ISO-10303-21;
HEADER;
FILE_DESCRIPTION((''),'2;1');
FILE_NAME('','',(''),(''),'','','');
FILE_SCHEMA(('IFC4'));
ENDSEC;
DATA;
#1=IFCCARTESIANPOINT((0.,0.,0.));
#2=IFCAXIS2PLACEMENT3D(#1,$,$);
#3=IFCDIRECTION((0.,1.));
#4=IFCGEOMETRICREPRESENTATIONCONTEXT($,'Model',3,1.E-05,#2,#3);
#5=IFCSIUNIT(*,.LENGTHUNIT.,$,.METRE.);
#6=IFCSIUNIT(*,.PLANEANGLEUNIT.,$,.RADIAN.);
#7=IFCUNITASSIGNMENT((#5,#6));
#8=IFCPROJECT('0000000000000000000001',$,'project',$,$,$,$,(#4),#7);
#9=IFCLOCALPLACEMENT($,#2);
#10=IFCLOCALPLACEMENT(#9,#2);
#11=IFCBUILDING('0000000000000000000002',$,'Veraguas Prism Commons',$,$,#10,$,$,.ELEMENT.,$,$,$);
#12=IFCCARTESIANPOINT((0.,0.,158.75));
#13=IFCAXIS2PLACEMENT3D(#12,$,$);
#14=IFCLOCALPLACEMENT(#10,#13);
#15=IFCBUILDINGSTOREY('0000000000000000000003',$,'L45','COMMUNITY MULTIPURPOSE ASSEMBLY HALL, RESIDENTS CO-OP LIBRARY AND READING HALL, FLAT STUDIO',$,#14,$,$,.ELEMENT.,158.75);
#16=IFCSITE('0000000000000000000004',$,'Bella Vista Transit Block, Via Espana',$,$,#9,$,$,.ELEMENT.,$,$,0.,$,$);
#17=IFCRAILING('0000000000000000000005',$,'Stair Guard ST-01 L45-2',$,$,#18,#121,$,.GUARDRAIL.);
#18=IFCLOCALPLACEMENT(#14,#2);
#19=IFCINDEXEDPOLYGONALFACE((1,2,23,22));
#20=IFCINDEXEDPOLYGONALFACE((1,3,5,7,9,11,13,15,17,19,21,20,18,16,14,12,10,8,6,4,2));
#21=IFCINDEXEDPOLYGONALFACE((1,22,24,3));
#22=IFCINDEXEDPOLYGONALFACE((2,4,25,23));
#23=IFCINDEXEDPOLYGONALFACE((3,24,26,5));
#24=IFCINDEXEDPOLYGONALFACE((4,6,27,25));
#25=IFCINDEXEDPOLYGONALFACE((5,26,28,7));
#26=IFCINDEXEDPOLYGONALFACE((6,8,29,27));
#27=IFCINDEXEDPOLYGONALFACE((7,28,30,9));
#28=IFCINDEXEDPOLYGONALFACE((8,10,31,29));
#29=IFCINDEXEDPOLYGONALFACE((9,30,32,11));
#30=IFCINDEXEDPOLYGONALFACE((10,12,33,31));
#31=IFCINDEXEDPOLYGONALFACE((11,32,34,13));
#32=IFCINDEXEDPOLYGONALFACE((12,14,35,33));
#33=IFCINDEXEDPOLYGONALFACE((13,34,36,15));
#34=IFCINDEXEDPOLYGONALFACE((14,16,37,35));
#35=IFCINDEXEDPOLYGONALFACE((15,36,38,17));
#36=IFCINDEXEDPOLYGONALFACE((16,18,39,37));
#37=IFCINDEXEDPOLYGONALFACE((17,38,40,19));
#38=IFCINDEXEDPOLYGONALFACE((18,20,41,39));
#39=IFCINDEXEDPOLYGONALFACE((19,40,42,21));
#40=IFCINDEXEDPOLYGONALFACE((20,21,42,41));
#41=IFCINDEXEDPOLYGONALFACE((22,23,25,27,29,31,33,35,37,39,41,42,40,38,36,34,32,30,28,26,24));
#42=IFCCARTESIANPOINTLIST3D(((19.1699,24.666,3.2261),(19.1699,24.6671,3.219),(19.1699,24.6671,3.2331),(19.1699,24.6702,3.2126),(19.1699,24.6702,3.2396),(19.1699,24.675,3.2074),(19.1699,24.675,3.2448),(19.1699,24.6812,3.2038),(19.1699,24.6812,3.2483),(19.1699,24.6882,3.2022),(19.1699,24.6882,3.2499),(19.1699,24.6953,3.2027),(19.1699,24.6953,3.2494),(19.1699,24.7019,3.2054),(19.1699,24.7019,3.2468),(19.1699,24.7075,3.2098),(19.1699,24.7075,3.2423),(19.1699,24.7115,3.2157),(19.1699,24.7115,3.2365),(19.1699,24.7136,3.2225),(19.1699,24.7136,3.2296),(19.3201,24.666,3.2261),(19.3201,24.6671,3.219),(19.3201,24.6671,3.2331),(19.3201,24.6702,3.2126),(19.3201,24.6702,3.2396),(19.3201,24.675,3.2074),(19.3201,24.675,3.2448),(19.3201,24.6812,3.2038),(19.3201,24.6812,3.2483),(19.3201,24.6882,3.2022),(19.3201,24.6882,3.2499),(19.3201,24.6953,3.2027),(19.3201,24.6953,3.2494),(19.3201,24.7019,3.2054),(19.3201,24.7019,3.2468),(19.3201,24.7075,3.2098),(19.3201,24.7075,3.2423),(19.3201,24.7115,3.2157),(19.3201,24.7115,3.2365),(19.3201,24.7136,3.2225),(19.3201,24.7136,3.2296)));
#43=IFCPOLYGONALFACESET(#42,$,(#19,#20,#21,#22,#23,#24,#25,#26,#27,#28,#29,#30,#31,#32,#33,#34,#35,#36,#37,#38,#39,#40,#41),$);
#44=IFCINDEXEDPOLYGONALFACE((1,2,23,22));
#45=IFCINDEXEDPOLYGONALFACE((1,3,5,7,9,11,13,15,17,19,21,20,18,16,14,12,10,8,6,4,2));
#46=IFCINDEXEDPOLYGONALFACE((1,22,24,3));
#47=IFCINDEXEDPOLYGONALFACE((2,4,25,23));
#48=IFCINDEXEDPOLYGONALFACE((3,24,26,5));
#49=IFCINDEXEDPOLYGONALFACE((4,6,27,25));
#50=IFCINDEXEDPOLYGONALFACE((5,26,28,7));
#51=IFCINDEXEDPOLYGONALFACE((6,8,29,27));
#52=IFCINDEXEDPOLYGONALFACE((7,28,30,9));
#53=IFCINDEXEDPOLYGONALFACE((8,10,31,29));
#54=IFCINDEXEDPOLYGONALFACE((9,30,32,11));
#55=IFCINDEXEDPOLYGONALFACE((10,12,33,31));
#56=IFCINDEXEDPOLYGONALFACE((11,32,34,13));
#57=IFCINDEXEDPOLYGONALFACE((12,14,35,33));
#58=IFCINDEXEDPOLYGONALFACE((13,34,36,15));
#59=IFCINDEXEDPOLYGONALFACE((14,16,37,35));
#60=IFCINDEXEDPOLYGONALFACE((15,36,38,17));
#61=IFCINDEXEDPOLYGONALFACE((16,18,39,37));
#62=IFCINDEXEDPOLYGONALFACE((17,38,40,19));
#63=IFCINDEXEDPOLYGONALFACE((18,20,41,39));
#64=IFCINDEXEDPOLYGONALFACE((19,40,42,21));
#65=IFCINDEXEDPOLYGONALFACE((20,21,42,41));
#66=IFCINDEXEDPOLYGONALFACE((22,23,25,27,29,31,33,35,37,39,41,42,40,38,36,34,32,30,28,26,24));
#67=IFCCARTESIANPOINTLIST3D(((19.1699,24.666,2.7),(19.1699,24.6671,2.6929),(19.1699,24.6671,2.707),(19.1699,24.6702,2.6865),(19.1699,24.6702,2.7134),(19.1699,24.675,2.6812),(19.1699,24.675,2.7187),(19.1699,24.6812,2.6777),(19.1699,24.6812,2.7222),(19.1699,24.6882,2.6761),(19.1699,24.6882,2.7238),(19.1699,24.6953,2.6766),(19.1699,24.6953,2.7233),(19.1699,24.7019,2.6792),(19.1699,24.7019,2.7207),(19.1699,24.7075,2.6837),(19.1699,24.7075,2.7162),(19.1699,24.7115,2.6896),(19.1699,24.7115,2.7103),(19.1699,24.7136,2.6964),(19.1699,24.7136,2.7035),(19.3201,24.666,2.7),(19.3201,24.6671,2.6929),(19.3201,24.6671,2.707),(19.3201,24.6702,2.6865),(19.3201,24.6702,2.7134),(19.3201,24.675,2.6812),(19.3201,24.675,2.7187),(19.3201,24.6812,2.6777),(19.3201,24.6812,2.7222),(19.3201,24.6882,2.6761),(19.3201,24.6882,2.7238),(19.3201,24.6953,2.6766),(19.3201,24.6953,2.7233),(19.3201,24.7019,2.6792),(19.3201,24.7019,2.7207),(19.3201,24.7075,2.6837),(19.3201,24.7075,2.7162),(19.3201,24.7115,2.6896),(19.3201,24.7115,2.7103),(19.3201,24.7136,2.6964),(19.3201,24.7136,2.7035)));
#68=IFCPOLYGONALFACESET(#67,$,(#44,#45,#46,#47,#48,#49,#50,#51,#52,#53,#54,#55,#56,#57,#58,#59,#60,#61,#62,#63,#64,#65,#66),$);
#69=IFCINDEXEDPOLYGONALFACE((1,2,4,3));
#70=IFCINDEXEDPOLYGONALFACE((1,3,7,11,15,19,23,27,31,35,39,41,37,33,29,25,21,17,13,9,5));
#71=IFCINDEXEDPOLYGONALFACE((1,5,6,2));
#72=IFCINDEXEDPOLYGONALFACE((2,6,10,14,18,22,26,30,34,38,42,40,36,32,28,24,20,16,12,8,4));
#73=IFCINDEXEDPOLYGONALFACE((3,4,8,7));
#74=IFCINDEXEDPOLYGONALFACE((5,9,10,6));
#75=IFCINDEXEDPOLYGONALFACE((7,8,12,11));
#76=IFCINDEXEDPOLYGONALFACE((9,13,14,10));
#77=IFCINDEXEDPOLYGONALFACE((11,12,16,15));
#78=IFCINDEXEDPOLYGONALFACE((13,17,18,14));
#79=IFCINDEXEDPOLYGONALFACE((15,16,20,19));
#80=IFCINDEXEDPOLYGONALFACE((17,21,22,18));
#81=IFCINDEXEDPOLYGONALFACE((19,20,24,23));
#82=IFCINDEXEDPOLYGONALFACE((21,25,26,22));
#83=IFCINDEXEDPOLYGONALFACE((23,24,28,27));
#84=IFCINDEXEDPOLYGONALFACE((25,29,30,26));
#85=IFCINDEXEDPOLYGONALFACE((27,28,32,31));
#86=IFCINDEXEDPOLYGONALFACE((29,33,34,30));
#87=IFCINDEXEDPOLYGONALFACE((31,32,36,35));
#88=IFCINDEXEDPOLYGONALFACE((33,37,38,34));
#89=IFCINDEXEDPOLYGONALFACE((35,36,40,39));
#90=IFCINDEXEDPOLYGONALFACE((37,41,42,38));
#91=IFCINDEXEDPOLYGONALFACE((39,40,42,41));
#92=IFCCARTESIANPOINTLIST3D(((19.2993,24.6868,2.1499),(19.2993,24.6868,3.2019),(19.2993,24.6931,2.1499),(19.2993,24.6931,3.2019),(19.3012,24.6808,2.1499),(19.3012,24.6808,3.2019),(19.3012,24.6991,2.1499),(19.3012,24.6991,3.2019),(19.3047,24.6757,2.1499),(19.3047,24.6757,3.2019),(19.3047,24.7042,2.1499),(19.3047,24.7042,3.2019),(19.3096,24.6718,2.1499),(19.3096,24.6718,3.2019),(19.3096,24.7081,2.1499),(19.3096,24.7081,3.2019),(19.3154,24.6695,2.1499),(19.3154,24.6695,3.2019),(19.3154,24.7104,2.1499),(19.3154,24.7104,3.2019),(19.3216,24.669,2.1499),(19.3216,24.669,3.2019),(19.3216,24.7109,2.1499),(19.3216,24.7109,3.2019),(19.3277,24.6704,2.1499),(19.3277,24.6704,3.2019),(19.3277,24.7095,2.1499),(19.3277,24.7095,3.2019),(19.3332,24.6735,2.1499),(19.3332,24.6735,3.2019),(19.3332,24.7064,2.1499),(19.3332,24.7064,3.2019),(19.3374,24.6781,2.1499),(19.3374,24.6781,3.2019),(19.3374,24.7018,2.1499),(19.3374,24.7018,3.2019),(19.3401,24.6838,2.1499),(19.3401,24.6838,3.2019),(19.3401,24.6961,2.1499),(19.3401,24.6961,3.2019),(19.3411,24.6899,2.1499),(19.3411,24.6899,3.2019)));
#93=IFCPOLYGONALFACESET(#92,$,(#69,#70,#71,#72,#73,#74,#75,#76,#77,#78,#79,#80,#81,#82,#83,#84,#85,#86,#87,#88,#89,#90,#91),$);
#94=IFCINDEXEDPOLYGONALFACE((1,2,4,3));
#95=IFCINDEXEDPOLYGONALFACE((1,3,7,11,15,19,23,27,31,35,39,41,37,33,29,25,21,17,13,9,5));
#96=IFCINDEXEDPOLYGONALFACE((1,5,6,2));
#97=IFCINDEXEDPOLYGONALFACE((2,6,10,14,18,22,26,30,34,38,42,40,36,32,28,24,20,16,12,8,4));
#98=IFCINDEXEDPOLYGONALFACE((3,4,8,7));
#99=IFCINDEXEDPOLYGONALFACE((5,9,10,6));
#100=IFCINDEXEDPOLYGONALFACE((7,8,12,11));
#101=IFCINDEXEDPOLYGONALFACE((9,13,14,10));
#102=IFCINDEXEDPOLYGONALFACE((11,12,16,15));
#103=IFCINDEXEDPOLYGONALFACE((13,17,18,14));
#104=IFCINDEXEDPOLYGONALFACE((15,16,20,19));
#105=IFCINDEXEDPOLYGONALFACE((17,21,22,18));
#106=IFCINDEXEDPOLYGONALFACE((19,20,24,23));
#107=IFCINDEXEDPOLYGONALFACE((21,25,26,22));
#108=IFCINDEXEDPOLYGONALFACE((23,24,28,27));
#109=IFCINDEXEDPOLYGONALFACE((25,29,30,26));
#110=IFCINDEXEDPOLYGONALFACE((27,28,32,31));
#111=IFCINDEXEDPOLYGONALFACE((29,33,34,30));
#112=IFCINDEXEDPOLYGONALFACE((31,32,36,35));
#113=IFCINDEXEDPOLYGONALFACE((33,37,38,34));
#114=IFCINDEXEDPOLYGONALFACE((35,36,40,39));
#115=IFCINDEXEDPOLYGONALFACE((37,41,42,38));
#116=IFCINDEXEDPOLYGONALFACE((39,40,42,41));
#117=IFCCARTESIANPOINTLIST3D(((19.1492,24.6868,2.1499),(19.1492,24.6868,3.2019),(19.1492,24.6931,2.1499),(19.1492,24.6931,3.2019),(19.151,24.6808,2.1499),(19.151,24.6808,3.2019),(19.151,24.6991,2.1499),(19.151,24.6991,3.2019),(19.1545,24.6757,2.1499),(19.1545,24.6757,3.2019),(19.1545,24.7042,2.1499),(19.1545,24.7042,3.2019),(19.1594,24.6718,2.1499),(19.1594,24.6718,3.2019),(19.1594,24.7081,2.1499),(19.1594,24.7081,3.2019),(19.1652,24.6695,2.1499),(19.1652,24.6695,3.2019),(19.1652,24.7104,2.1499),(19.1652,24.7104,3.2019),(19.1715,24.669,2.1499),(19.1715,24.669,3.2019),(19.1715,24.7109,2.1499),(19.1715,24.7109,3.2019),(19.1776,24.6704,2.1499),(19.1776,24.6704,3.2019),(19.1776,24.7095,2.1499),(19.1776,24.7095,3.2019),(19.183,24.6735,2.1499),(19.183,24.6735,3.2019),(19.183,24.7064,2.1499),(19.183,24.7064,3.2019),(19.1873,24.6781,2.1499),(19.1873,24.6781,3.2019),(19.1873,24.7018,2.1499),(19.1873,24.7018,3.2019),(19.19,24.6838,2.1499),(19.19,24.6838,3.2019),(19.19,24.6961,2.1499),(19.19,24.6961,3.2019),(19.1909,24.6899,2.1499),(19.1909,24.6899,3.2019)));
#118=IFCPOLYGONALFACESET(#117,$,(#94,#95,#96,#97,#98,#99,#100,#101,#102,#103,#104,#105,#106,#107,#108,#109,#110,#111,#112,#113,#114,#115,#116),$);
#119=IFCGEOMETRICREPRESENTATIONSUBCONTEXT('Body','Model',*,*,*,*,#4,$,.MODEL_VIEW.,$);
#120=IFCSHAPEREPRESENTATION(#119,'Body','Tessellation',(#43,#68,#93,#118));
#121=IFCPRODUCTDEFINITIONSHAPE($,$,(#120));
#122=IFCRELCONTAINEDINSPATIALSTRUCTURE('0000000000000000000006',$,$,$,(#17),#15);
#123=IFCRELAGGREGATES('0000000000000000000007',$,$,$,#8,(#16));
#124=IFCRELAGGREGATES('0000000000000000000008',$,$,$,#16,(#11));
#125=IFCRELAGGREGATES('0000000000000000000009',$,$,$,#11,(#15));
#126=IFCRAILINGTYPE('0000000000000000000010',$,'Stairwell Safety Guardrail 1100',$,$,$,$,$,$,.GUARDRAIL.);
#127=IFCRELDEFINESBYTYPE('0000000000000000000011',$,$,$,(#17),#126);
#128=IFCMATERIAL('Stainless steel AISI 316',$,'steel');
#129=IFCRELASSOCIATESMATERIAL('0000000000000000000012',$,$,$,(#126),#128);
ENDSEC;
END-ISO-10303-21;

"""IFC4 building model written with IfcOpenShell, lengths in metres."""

from ifc_helpers import new_model, si_unit, direction, frame, origin, origin_2d, place, context, subcontext, project, spatial, circle, extrude, material, type_object, element, save


model = new_model("IFC4")

# Units and contexts
model_context = context("Model", 3, precision=1e-05, world=origin(), true_north=direction((0.0, 1.0)))
body_context = subcontext(model_context, "Body", "Model", "MODEL_VIEW")
ifc_project = project(units=[si_unit("LENGTHUNIT", "METRE"), si_unit("PLANEANGLEUNIT", "RADIAN")], contexts=[model_context])

# Site, building, storey
site_placement = place(None, origin())
site = spatial("IfcSite", under=ifc_project, at=site_placement, Name="Bella Vista Transit Block, Via Espana", CompositionType="ELEMENT", RefElevation=0.0)
building_placement = place(site_placement, origin())
building = spatial("IfcBuilding", under=site, at=building_placement, Name="Veraguas Prism Commons", CompositionType="ELEMENT")
storey_placement = place(building_placement, frame((0.0, 0.0, 158.75)))
storey = spatial("IfcBuildingStorey", under=building, at=storey_placement, Name="L45", Description="COMMUNITY MULTIPURPOSE ASSEMBLY HALL, RESIDENTS CO-OP LIBRARY AND READING HALL, FLAT STUDIO", CompositionType="ELEMENT", Elevation=158.75)

# Railing
ifc_material_1 = material(Name="Stainless steel AISI 316", Category="steel")
railing_type_1 = type_object("IfcRailingType", Name="Stairwell Safety Guardrail 1100", PredefinedType="GUARDRAIL", material=ifc_material_1)
railing_1_placement = place(storey_placement, frame((19.3201, 24.6899, 2.1499)))
element("IfcRailing", 1, at=railing_1_placement, inside=storey, type_object=railing_type_1, Name="Stair Guard ST-01 L45-2", PredefinedType="GUARDRAIL", context=body_context, shape_type="SweptSolid", body=[
    extrude(circle(Radius=0.0239, at=origin_2d()), frame((0.0, 0.0, 1.0762), z_axis=(-1.0, 0.0, 0.0), x_axis=(0.0, -1.0, 0.0)), (0.0, 0.0, 1.0), 0.1501),
    extrude(circle(Radius=0.0239, at=origin_2d()), frame((0.0, 0.0, 0.55), z_axis=(-1.0, 0.0, 0.0), x_axis=(0.0, -1.0, 0.0)), (0.0, 0.0, 1.0), 0.1501),
    extrude(circle(Radius=0.021, at=origin_2d()), origin(), (0.0, 0.0, 1.0), 1.052),
    extrude(circle(Radius=0.021, at=origin_2d()), frame((-0.1501, 0.0, 0.0)), (0.0, 0.0, 1.0), 1.052),
])

save(model, "model.ifc")
